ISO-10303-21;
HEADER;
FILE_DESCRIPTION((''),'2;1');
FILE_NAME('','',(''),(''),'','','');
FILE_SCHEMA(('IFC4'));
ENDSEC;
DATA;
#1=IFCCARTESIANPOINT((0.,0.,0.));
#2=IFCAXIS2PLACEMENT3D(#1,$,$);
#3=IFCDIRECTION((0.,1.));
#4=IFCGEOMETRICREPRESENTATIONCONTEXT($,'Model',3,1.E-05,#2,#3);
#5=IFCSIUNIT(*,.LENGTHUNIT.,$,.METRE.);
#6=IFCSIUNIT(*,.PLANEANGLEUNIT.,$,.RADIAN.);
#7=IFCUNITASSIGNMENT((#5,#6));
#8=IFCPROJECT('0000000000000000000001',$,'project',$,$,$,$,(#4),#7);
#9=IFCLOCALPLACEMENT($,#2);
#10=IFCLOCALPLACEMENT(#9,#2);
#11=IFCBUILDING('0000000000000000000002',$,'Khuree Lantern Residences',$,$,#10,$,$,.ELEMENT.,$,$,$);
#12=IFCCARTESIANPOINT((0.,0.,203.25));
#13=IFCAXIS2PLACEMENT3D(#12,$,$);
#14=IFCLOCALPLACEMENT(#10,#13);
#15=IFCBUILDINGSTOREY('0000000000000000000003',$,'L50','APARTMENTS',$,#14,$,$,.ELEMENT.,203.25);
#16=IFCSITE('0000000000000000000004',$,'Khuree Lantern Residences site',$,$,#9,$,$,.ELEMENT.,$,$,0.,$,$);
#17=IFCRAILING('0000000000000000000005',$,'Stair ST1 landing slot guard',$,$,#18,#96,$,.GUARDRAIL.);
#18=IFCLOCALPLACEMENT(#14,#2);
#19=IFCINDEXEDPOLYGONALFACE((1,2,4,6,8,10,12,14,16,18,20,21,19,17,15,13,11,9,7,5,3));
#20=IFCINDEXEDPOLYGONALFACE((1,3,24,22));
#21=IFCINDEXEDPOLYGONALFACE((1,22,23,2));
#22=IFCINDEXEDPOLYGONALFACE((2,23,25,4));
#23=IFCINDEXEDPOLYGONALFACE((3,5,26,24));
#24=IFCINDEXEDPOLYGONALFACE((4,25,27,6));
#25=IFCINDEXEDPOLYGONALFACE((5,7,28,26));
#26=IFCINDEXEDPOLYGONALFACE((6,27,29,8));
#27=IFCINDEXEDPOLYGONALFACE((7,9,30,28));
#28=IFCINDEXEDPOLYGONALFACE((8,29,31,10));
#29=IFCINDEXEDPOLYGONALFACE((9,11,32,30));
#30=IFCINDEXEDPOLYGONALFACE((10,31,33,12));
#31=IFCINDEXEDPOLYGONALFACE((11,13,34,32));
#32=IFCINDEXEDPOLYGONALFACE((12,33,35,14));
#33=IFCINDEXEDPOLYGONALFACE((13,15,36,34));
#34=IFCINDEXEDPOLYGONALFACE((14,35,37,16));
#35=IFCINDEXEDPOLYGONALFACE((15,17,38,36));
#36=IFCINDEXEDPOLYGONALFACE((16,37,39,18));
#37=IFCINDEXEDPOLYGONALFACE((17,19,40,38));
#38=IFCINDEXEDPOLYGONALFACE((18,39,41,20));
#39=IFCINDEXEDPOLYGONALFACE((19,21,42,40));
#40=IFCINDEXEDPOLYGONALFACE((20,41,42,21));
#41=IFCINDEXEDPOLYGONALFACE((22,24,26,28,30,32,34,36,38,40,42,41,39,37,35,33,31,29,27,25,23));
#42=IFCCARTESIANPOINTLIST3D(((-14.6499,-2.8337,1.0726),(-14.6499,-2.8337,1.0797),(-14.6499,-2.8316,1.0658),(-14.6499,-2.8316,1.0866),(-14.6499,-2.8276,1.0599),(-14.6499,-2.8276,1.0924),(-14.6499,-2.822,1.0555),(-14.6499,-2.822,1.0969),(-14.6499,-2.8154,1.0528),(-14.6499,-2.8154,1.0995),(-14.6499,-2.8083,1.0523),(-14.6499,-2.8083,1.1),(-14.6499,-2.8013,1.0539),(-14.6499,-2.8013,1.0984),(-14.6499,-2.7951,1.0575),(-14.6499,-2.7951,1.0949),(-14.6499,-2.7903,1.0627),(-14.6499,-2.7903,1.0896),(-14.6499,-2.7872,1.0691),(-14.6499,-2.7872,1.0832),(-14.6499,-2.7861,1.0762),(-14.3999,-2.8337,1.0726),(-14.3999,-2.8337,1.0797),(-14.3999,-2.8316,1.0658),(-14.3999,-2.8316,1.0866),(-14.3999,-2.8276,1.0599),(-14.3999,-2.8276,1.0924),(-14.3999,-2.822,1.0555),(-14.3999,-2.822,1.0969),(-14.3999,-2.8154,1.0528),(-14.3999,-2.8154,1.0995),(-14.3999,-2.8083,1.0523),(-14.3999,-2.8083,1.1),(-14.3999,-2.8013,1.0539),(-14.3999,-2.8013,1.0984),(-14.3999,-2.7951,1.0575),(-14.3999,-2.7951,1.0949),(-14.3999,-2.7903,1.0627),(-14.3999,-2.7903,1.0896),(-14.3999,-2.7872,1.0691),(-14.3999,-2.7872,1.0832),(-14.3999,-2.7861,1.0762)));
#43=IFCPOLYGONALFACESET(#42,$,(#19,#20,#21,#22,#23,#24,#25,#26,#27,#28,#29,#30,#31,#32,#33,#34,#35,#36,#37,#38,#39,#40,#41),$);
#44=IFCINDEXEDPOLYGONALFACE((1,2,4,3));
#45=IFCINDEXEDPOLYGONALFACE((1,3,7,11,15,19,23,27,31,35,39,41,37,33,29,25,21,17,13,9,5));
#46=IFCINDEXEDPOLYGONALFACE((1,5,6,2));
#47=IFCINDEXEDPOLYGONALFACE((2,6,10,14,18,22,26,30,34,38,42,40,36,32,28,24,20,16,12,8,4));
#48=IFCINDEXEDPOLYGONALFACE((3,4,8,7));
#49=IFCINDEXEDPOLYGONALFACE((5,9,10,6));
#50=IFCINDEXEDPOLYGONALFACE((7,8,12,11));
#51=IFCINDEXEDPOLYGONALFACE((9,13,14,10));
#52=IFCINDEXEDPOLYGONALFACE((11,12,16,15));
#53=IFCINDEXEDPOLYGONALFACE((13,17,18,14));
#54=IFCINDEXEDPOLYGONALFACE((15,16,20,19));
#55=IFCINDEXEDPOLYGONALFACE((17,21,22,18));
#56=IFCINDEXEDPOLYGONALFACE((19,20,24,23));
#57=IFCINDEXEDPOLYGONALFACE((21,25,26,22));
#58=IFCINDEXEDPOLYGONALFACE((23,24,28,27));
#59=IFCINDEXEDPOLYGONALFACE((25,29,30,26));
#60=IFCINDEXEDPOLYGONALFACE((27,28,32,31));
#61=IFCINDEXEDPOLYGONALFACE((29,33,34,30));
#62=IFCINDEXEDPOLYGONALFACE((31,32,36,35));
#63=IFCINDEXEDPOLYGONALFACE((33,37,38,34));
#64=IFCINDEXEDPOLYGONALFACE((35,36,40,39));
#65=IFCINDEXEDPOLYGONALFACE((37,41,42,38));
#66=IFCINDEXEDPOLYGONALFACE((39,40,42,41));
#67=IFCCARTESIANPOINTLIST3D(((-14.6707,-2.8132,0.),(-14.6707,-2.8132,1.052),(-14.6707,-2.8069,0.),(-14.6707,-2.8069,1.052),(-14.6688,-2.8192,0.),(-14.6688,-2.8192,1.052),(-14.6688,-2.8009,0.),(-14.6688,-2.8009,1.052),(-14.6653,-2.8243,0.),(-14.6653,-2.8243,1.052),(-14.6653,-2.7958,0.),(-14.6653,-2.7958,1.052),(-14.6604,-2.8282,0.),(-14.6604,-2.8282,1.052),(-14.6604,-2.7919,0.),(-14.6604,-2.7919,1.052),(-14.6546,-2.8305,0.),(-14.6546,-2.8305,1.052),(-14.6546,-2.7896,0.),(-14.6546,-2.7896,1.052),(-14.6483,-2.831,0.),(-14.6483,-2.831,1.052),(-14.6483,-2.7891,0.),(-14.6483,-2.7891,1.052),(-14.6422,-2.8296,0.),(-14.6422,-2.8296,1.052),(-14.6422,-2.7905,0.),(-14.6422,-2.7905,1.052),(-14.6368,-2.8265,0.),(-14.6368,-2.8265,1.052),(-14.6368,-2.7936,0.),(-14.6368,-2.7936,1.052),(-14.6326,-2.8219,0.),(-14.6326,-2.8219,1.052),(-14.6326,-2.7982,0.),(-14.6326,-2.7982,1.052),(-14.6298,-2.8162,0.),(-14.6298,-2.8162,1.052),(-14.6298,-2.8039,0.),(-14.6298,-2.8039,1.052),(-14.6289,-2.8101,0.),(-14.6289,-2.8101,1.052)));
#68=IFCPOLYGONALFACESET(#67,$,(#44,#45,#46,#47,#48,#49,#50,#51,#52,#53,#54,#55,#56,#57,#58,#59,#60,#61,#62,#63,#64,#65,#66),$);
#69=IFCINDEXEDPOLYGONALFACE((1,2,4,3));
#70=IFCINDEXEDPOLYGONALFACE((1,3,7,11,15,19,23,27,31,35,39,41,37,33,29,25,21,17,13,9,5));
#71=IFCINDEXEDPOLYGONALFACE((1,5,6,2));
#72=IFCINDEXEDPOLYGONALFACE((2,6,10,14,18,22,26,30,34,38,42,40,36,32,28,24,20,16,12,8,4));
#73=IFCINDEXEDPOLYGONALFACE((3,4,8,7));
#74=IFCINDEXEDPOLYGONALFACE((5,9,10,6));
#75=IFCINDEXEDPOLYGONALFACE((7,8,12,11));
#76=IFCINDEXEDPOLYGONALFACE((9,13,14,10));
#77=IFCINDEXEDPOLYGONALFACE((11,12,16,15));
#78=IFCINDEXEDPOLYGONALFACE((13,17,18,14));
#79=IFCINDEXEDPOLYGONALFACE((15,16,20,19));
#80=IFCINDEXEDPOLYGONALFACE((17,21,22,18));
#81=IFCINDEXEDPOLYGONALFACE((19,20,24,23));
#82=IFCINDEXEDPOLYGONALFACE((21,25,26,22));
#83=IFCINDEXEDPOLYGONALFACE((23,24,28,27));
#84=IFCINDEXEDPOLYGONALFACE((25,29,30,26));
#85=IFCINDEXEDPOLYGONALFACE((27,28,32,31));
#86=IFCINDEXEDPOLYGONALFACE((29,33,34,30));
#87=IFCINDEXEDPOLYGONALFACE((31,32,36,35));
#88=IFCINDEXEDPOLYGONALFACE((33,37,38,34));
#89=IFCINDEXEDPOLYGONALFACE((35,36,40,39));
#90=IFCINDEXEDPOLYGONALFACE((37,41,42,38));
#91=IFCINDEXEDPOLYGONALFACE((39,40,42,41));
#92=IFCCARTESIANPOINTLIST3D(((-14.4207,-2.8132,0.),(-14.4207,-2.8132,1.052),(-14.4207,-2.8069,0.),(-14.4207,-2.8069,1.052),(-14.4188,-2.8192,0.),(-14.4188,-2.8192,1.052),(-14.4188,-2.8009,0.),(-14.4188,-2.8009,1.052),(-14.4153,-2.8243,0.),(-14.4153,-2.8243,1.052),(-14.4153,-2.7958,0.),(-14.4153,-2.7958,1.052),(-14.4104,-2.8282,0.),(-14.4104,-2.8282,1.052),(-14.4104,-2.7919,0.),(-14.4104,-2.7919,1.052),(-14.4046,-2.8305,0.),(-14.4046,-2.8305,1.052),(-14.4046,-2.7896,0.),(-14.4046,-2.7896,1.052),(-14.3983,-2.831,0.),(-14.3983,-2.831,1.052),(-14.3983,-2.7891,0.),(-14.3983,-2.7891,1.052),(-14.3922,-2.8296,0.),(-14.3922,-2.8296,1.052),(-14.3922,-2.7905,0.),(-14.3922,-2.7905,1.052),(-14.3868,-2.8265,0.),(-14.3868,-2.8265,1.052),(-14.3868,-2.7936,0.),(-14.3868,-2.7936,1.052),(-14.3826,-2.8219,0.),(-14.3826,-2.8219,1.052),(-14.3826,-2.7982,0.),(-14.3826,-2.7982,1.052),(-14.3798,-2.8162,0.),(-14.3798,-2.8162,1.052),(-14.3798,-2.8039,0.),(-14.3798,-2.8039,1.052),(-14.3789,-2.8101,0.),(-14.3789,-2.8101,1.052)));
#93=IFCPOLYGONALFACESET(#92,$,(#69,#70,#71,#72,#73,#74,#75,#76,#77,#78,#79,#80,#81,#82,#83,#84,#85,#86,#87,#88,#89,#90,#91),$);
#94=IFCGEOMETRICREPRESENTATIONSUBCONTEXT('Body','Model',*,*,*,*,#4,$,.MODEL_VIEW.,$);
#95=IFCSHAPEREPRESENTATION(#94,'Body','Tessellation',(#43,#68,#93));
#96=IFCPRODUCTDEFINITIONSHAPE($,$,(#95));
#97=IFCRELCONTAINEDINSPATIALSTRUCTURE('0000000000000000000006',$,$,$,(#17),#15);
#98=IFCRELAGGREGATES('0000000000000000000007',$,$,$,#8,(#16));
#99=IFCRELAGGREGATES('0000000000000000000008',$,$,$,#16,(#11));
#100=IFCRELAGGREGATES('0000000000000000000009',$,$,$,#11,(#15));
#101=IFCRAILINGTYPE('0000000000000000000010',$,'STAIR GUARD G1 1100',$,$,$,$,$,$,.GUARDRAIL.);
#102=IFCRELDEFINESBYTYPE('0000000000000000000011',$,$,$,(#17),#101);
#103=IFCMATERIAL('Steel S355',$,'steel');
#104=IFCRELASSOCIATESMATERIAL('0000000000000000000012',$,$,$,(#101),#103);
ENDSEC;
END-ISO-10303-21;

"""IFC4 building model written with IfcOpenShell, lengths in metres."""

from ifc_helpers import new_model, si_unit, direction, frame, origin, origin_2d, place, context, subcontext, project, spatial, circle, extrude, material, type_object, element, save


model = new_model("IFC4")

# Units and contexts
model_context = context("Model", 3, precision=1e-05, world=origin(), true_north=direction((0.0, 1.0)))
body_context = subcontext(model_context, "Body", "Model", "MODEL_VIEW")
ifc_project = project(units=[si_unit("LENGTHUNIT", "METRE"), si_unit("PLANEANGLEUNIT", "RADIAN")], contexts=[model_context])

# Site, building, storey
site_placement = place(None, origin())
site = spatial("IfcSite", under=ifc_project, at=site_placement, Name="Khuree Lantern Residences site", CompositionType="ELEMENT", RefElevation=0.0)
building_placement = place(site_placement, origin())
building = spatial("IfcBuilding", under=site, at=building_placement, Name="Khuree Lantern Residences", CompositionType="ELEMENT")
storey_placement = place(building_placement, frame((0.0, 0.0, 203.25)))
storey = spatial("IfcBuildingStorey", under=building, at=storey_placement, Name="L50", Description="APARTMENTS", CompositionType="ELEMENT", Elevation=203.25)

# Railing
ifc_material_1 = material(Name="Steel S355", Category="steel")
railing_type_1 = type_object("IfcRailingType", Name="STAIR GUARD G1 1100", PredefinedType="GUARDRAIL", material=ifc_material_1)
railing_1_placement = place(storey_placement, frame((-14.6499, -2.8101, 0.0)))
element("IfcRailing", 1, at=railing_1_placement, inside=storey, type_object=railing_type_1, Name="Stair ST1 landing slot guard", PredefinedType="GUARDRAIL", context=body_context, shape_type="SweptSolid", body=[
    extrude(circle(Radius=0.0239, at=origin_2d()), frame((0.0, 0.0, 1.0762), z_axis=(1.0, 0.0, 0.0), x_axis=(0.0, 1.0, 0.0)), (0.0, 0.0, 1.0), 0.25),
    extrude(circle(Radius=0.021, at=origin_2d()), origin(), (0.0, 0.0, 1.0), 1.052),
    extrude(circle(Radius=0.021, at=origin_2d()), frame((0.25, 0.0, 0.0)), (0.0, 0.0, 1.0), 1.052),
])

save(model, "model.ifc")
